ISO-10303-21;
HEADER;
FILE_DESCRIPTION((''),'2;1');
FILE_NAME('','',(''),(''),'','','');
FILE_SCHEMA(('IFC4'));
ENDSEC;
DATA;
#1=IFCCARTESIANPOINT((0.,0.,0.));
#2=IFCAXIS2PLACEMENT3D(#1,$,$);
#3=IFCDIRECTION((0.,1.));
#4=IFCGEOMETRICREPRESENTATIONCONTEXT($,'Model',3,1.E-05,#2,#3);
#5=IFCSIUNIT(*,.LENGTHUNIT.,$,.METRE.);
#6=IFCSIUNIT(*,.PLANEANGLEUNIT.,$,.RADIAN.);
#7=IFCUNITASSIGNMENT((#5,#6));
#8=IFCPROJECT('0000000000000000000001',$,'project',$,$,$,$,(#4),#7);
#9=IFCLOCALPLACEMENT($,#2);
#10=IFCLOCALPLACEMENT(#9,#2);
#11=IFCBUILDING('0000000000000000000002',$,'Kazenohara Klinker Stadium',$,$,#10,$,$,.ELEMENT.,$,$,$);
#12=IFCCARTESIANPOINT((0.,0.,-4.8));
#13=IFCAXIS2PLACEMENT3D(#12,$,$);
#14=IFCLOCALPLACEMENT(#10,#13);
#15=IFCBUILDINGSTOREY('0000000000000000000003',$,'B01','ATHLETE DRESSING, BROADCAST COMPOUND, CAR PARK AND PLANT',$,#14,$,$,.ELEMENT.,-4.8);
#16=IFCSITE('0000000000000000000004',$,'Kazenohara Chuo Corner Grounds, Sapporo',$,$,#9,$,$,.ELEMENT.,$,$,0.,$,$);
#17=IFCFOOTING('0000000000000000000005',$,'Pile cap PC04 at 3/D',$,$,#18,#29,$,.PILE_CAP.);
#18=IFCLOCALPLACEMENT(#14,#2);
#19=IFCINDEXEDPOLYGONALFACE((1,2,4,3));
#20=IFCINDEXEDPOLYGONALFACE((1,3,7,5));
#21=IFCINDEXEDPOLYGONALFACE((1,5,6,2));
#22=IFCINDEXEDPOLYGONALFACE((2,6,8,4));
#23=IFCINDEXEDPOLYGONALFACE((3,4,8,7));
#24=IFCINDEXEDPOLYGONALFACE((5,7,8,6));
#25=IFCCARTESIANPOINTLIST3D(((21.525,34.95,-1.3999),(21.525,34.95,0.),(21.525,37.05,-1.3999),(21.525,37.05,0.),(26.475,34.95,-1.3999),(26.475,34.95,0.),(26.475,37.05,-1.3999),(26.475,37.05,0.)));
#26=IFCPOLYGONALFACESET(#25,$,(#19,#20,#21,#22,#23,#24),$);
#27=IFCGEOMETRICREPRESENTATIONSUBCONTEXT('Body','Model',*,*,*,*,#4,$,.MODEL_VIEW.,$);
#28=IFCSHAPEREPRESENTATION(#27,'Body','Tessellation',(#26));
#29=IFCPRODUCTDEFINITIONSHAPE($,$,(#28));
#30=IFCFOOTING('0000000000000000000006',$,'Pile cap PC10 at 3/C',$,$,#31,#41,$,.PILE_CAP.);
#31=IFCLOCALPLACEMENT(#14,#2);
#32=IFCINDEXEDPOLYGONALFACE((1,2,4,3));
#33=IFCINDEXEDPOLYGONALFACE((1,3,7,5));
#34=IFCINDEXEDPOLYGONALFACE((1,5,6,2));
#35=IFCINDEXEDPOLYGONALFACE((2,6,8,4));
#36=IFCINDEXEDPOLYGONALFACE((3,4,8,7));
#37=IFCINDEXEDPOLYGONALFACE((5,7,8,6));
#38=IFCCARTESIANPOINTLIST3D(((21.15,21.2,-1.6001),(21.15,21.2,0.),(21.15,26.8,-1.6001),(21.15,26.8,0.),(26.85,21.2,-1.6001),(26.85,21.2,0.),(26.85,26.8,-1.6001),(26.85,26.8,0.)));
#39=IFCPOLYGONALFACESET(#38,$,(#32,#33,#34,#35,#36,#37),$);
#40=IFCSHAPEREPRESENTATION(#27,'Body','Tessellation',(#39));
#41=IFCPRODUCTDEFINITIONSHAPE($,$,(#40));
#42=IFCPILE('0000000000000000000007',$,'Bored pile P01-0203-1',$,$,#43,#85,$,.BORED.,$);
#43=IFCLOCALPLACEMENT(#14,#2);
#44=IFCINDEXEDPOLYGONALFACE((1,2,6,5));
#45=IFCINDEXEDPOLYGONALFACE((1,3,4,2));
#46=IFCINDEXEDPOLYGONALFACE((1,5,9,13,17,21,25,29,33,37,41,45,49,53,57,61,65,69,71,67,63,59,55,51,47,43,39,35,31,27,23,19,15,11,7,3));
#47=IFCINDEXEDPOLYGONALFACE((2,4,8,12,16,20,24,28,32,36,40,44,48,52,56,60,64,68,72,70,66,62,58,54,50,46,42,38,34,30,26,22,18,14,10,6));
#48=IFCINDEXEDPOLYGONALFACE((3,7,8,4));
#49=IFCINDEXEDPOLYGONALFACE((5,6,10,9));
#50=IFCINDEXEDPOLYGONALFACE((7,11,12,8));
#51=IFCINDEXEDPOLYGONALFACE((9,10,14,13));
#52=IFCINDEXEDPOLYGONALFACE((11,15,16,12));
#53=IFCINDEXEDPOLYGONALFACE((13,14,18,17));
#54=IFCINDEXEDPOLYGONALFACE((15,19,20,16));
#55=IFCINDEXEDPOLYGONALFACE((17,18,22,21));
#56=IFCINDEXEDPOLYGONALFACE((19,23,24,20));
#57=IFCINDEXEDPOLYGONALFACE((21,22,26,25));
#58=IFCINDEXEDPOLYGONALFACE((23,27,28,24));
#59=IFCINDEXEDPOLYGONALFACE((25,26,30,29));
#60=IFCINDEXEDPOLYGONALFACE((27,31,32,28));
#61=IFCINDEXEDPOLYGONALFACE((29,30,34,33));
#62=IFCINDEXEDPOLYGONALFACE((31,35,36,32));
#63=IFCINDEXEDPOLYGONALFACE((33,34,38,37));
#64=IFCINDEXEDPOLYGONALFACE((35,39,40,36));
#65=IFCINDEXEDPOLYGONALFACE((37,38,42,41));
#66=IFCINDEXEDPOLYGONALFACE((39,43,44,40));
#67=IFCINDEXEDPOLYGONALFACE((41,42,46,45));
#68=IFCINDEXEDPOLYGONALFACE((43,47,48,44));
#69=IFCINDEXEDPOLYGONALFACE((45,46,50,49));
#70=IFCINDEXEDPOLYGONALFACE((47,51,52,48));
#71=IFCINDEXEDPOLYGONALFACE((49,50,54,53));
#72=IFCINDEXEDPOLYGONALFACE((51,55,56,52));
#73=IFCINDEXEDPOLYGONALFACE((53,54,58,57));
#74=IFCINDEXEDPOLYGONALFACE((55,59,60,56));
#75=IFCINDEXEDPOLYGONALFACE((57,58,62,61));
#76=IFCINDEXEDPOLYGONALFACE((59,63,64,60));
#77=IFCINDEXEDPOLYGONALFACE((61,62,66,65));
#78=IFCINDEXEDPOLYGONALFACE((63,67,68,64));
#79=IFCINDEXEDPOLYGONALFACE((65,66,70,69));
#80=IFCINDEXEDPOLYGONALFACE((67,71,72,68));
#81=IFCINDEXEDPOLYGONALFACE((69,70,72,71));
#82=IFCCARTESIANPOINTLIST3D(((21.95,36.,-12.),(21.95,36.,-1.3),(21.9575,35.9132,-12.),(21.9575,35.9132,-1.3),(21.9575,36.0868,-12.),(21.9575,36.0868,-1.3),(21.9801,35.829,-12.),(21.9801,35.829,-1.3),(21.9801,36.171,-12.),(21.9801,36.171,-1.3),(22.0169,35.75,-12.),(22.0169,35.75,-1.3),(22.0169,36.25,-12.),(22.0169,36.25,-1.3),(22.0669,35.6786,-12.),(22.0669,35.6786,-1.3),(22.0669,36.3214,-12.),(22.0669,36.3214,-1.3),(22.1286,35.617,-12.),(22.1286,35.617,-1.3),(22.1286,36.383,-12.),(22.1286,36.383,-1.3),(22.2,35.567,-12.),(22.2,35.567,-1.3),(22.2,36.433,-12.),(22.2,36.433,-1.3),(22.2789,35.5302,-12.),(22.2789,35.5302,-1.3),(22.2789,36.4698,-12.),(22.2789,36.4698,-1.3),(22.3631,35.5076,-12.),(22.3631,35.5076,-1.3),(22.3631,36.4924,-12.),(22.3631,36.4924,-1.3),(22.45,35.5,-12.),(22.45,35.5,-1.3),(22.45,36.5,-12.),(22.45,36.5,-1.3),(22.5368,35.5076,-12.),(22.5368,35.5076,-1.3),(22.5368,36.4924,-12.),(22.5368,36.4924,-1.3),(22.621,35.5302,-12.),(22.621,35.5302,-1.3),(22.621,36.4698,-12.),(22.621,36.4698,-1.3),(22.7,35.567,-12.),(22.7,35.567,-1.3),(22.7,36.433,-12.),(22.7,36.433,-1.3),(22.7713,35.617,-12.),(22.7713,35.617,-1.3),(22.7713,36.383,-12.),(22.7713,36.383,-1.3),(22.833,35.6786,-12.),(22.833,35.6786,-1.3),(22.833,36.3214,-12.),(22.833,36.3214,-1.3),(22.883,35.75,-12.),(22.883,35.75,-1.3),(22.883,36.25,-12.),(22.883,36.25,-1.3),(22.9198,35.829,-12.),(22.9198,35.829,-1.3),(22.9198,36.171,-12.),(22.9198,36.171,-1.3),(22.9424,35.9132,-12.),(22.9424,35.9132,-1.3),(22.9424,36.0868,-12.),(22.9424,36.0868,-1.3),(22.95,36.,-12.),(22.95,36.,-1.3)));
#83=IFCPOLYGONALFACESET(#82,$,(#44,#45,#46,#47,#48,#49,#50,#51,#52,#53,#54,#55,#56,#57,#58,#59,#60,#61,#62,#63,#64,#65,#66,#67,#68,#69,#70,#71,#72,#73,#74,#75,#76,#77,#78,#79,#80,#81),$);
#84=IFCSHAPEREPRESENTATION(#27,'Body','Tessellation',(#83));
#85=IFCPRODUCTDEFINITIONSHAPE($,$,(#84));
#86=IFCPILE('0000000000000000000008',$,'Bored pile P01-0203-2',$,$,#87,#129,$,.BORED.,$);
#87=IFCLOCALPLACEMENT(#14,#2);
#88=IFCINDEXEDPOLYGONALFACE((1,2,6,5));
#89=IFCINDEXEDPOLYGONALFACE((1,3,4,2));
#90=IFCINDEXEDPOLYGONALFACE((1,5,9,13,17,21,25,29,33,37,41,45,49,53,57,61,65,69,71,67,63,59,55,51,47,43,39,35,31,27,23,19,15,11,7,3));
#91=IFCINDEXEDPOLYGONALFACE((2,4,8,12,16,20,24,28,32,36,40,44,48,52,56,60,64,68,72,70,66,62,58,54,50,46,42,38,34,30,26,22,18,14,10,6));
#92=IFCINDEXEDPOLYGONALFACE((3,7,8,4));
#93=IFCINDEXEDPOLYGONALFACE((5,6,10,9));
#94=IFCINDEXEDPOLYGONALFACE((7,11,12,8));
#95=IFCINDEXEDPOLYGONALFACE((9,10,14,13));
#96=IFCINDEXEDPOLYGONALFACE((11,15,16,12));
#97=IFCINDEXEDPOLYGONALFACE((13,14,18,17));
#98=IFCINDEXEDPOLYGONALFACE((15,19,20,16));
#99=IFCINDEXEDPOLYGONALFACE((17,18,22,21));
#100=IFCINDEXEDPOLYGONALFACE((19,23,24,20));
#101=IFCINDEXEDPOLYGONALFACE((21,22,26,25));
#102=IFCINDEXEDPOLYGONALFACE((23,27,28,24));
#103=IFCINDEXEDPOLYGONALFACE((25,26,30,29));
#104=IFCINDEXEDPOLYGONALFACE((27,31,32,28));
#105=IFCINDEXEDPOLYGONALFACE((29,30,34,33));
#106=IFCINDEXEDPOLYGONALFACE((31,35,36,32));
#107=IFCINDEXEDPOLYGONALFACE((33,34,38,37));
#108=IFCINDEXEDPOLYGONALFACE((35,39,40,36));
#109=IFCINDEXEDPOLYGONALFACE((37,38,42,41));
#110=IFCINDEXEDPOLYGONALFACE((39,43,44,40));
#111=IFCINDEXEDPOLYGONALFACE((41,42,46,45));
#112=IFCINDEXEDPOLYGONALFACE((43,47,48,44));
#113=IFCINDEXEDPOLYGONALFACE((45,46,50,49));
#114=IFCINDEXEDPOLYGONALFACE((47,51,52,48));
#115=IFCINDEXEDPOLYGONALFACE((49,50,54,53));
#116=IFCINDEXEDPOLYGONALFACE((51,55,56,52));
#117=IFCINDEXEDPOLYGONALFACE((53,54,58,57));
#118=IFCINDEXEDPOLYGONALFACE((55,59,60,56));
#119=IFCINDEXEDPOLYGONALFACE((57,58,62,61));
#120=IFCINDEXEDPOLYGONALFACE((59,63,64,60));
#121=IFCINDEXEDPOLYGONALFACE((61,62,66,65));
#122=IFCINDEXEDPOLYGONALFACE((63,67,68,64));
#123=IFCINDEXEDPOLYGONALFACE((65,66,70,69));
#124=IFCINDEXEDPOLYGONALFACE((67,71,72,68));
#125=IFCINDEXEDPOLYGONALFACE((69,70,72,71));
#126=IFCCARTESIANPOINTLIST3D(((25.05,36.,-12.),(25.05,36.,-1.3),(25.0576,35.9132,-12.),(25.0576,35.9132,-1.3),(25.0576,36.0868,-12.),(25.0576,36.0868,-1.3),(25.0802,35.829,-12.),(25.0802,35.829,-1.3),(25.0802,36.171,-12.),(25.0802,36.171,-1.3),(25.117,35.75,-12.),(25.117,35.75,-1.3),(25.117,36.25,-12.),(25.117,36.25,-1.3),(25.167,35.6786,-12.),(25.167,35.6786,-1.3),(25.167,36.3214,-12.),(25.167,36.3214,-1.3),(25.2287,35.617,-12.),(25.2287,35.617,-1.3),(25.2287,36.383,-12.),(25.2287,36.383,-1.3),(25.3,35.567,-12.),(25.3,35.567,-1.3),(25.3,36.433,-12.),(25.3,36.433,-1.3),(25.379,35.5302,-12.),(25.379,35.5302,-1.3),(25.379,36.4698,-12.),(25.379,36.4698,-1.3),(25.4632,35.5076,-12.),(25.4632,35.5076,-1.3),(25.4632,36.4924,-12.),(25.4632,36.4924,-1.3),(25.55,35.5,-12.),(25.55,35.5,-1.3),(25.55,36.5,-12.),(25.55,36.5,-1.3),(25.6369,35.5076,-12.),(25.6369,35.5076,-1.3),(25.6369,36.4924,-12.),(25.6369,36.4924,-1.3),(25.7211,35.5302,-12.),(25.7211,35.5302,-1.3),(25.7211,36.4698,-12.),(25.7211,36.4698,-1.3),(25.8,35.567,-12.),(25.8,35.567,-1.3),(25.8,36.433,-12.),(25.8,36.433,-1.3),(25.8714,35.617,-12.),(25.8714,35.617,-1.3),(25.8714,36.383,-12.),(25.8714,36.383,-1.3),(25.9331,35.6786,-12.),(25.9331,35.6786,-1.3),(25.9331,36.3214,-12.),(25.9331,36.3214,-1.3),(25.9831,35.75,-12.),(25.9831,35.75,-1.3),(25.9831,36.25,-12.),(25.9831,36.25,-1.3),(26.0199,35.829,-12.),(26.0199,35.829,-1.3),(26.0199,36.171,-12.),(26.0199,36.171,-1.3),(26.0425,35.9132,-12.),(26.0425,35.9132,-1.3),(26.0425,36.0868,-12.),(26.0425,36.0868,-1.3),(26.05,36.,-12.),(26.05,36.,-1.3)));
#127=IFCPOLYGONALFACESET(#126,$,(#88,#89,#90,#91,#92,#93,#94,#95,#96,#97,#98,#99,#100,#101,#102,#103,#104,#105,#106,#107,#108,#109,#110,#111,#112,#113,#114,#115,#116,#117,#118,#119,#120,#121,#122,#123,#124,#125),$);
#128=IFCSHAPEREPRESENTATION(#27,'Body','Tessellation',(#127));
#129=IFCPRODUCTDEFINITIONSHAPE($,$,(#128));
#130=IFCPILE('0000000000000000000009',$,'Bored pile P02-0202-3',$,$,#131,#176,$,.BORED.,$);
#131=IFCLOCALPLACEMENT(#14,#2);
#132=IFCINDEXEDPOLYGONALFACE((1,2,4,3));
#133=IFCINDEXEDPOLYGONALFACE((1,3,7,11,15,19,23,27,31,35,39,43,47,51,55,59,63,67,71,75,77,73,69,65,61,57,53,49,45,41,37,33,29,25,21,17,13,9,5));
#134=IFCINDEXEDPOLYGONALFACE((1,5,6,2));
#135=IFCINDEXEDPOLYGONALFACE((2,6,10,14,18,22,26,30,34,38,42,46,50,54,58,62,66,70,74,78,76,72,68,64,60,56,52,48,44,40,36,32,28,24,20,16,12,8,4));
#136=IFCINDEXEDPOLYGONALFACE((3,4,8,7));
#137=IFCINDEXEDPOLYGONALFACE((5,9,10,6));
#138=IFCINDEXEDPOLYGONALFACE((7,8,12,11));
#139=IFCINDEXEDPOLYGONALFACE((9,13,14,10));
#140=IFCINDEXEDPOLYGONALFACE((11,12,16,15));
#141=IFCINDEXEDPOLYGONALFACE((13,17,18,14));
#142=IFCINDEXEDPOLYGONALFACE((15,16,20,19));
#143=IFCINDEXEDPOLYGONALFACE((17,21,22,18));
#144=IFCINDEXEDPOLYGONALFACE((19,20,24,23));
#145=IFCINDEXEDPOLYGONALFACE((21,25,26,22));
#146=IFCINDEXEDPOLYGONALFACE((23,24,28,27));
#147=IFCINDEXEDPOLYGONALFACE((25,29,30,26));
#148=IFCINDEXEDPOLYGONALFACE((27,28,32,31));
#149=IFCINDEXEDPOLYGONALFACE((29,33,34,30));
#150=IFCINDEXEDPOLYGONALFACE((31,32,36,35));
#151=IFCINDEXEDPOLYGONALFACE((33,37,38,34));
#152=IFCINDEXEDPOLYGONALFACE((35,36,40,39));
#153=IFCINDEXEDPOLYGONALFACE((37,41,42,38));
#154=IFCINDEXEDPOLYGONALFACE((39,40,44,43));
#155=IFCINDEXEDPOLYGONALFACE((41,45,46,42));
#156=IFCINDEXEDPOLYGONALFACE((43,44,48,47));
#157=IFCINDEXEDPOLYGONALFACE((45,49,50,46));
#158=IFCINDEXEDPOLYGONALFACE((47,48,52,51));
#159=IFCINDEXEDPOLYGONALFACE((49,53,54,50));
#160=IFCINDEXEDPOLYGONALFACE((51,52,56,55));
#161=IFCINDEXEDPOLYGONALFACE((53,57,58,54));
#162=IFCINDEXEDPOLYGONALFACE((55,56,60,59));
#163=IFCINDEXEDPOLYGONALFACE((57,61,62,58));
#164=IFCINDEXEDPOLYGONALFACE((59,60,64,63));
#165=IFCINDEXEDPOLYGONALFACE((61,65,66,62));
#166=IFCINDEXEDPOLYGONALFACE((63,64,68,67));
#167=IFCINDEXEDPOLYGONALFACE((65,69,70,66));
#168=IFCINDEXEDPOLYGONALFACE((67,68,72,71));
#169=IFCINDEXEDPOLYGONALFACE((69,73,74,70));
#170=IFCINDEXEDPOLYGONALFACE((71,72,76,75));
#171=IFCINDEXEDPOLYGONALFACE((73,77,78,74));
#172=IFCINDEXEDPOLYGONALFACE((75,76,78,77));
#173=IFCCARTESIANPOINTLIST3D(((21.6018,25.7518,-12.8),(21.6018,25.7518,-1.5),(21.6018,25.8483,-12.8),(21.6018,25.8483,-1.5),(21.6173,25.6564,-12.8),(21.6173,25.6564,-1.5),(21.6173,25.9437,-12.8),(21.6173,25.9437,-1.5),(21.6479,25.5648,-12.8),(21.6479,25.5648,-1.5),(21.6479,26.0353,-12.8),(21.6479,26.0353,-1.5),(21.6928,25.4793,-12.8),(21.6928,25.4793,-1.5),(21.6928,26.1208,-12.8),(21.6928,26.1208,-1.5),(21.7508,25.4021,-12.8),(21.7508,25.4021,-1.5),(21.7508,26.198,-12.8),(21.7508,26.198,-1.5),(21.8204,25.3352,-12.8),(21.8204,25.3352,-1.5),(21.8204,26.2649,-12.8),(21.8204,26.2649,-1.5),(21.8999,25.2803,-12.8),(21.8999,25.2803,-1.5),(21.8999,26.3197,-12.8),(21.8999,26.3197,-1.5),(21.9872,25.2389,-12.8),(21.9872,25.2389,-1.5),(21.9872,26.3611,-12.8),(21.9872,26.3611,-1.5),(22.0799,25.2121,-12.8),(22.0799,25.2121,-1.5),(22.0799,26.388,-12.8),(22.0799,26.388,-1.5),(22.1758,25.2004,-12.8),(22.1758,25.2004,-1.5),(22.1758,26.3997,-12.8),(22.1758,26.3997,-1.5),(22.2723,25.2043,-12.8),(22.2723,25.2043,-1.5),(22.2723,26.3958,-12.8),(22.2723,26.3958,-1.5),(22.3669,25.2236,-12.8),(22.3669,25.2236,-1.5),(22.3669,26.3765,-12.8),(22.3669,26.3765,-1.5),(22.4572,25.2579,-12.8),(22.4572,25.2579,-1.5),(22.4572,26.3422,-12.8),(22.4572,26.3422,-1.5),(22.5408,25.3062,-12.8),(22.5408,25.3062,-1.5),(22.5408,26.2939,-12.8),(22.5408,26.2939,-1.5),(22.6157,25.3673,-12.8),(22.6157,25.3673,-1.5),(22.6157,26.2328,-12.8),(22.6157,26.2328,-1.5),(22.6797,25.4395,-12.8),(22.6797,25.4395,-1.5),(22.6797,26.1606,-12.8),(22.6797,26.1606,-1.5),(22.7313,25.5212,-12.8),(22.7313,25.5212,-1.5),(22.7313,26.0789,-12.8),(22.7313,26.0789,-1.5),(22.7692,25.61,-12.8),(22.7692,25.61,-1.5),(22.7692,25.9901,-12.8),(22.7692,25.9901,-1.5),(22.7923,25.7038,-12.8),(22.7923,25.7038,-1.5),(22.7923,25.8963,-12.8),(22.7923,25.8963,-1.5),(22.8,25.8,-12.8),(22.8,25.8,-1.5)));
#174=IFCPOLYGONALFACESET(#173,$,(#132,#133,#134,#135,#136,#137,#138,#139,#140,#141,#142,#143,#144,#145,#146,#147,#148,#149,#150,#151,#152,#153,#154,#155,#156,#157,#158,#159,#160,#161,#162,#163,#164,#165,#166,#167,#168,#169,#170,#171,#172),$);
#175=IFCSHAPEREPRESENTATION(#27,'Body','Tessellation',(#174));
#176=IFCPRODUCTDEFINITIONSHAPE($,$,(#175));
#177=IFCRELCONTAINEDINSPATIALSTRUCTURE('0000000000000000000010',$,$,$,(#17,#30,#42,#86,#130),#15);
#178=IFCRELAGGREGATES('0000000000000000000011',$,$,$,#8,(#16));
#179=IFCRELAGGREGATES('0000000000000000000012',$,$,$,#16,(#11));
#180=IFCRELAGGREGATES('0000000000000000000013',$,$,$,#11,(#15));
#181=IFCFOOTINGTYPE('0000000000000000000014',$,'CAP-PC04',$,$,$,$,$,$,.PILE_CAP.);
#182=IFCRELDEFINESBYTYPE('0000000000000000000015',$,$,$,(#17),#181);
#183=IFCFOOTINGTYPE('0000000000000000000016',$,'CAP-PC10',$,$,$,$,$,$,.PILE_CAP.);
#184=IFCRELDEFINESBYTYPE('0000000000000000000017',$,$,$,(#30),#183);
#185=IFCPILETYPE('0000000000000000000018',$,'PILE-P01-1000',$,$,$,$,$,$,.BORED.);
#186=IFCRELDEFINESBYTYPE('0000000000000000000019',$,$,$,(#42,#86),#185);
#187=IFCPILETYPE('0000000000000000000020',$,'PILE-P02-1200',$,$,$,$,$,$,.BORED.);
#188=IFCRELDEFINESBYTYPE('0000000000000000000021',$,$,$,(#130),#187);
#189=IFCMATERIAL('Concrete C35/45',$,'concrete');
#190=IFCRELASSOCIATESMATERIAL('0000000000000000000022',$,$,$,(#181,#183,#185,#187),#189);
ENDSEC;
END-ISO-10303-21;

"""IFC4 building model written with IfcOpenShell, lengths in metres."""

from ifc_helpers import new_model, si_unit, direction, frame, origin, origin_2d, place, context, subcontext, project, spatial, rectangle, circle, extrude, material, material_profile, profile_set, type_object, element, save


model = new_model("IFC4")

# Units and contexts
model_context = context("Model", 3, precision=1e-05, world=origin(), true_north=direction((0.0, 1.0)))
body_context = subcontext(model_context, "Body", "Model", "MODEL_VIEW")
ifc_project = project(units=[si_unit("LENGTHUNIT", "METRE"), si_unit("PLANEANGLEUNIT", "RADIAN")], contexts=[model_context])

# Site, building, storey
site_placement = place(None, origin())
site = spatial("IfcSite", under=ifc_project, at=site_placement, Name="Kazenohara Chuo Corner Grounds, Sapporo", CompositionType="ELEMENT", RefElevation=0.0)
building_placement = place(site_placement, origin())
building = spatial("IfcBuilding", under=site, at=building_placement, Name="Kazenohara Klinker Stadium", CompositionType="ELEMENT")
storey_placement = place(building_placement, frame((0.0, 0.0, -4.8)))
storey = spatial("IfcBuildingStorey", under=building, at=storey_placement, Name="B01", Description="ATHLETE DRESSING, BROADCAST COMPOUND, CAR PARK AND PLANT", CompositionType="ELEMENT", Elevation=-4.8)

# Footings
ifc_material_1 = material(Name="Concrete C35/45", Category="concrete")
footing_type_1 = type_object("IfcFootingType", Name="CAP-PC04", PredefinedType="PILE_CAP", material=ifc_material_1)
footing_1_placement = place(storey_placement, frame((24.0, 36.0, -1.3999), z_axis=(0.0, 0.0, 1.0), x_axis=(1.0, 0.0, 0.0)))
element("IfcFooting", 1, at=footing_1_placement, inside=storey, type_object=footing_type_1, Name="Pile cap PC04 at 3/D", PredefinedType="PILE_CAP", context=body_context, shape_type="SweptSolid", body=[
    extrude(rectangle(XDim=4.95, YDim=2.1001, at=origin_2d()), origin(), (0.0, 0.0, 1.0), 1.3999),
])
footing_type_2 = type_object("IfcFootingType", Name="CAP-PC10", PredefinedType="PILE_CAP", material=ifc_material_1)
footing_2_placement = place(storey_placement, frame((24.0, 24.0, -1.6001), z_axis=(0.0, 0.0, 1.0), x_axis=(1.0, 0.0, 0.0)))
element("IfcFooting", 2, at=footing_2_placement, inside=storey, type_object=footing_type_2, Name="Pile cap PC10 at 3/C", PredefinedType="PILE_CAP", context=body_context, shape_type="SweptSolid", body=[
    extrude(rectangle(XDim=5.7, YDim=5.6001, at=origin_2d()), origin(), (0.0, 0.0, 1.0), 1.6001),
])

# Piles
ifc_material_profile_1 = material_profile(ifc_material_1, circle(Radius=0.5, at=origin_2d()), Name="BORED-PILE-1000")
ifc_profile_set_1 = profile_set([ifc_material_profile_1], Name="Concrete C35/45")
pile_type_1 = type_object("IfcPileType", Name="PILE-P01-1000", PredefinedType="BORED", material=ifc_profile_set_1)
for number, where, z_axis, x_axis, name in (
    (3, (22.45, 36.0, -1.3), (0.0, 0.0, -1.0), (1.0, 0.0, 0.0), "Bored pile P01-0203-1"),
    (4, (25.55, 36.0, -1.3), (0.0, 0.0, -1.0), (1.0, 0.0, 0.0), "Bored pile P01-0203-2"),
):
    element("IfcPile", number, at=place(storey_placement, frame(where, z_axis=z_axis, x_axis=x_axis)), inside=storey, type_object=pile_type_1, Name=name, PredefinedType="BORED", context=body_context, shape_type="SweptSolid", body=[
        extrude(circle(Radius=0.5, at=origin_2d()), origin(), (0.0, 0.0, 1.0), 10.7),
    ])
ifc_material_profile_2 = material_profile(ifc_material_1, circle(Radius=0.6001, at=origin_2d()), Name="BORED-PILE-1200")
ifc_profile_set_2 = profile_set([ifc_material_profile_2], Name="Concrete C35/45")
pile_type_2 = type_object("IfcPileType", Name="PILE-P02-1200", PredefinedType="BORED", material=ifc_profile_set_2)
for number, where, z_axis, x_axis, name in (
    (5, (22.2, 25.8, -1.5), (0.0, 0.0, -1.0), (1.0, 0.0, 0.0), "Bored pile P02-0202-3"),
):
    element("IfcPile", number, at=place(storey_placement, frame(where, z_axis=z_axis, x_axis=x_axis)), inside=storey, type_object=pile_type_2, Name=name, PredefinedType="BORED", context=body_context, shape_type="SweptSolid", body=[
        extrude(circle(Radius=0.6001, at=origin_2d()), origin(), (0.0, 0.0, 1.0), 11.3),
    ])

save(model, "model.ifc")
